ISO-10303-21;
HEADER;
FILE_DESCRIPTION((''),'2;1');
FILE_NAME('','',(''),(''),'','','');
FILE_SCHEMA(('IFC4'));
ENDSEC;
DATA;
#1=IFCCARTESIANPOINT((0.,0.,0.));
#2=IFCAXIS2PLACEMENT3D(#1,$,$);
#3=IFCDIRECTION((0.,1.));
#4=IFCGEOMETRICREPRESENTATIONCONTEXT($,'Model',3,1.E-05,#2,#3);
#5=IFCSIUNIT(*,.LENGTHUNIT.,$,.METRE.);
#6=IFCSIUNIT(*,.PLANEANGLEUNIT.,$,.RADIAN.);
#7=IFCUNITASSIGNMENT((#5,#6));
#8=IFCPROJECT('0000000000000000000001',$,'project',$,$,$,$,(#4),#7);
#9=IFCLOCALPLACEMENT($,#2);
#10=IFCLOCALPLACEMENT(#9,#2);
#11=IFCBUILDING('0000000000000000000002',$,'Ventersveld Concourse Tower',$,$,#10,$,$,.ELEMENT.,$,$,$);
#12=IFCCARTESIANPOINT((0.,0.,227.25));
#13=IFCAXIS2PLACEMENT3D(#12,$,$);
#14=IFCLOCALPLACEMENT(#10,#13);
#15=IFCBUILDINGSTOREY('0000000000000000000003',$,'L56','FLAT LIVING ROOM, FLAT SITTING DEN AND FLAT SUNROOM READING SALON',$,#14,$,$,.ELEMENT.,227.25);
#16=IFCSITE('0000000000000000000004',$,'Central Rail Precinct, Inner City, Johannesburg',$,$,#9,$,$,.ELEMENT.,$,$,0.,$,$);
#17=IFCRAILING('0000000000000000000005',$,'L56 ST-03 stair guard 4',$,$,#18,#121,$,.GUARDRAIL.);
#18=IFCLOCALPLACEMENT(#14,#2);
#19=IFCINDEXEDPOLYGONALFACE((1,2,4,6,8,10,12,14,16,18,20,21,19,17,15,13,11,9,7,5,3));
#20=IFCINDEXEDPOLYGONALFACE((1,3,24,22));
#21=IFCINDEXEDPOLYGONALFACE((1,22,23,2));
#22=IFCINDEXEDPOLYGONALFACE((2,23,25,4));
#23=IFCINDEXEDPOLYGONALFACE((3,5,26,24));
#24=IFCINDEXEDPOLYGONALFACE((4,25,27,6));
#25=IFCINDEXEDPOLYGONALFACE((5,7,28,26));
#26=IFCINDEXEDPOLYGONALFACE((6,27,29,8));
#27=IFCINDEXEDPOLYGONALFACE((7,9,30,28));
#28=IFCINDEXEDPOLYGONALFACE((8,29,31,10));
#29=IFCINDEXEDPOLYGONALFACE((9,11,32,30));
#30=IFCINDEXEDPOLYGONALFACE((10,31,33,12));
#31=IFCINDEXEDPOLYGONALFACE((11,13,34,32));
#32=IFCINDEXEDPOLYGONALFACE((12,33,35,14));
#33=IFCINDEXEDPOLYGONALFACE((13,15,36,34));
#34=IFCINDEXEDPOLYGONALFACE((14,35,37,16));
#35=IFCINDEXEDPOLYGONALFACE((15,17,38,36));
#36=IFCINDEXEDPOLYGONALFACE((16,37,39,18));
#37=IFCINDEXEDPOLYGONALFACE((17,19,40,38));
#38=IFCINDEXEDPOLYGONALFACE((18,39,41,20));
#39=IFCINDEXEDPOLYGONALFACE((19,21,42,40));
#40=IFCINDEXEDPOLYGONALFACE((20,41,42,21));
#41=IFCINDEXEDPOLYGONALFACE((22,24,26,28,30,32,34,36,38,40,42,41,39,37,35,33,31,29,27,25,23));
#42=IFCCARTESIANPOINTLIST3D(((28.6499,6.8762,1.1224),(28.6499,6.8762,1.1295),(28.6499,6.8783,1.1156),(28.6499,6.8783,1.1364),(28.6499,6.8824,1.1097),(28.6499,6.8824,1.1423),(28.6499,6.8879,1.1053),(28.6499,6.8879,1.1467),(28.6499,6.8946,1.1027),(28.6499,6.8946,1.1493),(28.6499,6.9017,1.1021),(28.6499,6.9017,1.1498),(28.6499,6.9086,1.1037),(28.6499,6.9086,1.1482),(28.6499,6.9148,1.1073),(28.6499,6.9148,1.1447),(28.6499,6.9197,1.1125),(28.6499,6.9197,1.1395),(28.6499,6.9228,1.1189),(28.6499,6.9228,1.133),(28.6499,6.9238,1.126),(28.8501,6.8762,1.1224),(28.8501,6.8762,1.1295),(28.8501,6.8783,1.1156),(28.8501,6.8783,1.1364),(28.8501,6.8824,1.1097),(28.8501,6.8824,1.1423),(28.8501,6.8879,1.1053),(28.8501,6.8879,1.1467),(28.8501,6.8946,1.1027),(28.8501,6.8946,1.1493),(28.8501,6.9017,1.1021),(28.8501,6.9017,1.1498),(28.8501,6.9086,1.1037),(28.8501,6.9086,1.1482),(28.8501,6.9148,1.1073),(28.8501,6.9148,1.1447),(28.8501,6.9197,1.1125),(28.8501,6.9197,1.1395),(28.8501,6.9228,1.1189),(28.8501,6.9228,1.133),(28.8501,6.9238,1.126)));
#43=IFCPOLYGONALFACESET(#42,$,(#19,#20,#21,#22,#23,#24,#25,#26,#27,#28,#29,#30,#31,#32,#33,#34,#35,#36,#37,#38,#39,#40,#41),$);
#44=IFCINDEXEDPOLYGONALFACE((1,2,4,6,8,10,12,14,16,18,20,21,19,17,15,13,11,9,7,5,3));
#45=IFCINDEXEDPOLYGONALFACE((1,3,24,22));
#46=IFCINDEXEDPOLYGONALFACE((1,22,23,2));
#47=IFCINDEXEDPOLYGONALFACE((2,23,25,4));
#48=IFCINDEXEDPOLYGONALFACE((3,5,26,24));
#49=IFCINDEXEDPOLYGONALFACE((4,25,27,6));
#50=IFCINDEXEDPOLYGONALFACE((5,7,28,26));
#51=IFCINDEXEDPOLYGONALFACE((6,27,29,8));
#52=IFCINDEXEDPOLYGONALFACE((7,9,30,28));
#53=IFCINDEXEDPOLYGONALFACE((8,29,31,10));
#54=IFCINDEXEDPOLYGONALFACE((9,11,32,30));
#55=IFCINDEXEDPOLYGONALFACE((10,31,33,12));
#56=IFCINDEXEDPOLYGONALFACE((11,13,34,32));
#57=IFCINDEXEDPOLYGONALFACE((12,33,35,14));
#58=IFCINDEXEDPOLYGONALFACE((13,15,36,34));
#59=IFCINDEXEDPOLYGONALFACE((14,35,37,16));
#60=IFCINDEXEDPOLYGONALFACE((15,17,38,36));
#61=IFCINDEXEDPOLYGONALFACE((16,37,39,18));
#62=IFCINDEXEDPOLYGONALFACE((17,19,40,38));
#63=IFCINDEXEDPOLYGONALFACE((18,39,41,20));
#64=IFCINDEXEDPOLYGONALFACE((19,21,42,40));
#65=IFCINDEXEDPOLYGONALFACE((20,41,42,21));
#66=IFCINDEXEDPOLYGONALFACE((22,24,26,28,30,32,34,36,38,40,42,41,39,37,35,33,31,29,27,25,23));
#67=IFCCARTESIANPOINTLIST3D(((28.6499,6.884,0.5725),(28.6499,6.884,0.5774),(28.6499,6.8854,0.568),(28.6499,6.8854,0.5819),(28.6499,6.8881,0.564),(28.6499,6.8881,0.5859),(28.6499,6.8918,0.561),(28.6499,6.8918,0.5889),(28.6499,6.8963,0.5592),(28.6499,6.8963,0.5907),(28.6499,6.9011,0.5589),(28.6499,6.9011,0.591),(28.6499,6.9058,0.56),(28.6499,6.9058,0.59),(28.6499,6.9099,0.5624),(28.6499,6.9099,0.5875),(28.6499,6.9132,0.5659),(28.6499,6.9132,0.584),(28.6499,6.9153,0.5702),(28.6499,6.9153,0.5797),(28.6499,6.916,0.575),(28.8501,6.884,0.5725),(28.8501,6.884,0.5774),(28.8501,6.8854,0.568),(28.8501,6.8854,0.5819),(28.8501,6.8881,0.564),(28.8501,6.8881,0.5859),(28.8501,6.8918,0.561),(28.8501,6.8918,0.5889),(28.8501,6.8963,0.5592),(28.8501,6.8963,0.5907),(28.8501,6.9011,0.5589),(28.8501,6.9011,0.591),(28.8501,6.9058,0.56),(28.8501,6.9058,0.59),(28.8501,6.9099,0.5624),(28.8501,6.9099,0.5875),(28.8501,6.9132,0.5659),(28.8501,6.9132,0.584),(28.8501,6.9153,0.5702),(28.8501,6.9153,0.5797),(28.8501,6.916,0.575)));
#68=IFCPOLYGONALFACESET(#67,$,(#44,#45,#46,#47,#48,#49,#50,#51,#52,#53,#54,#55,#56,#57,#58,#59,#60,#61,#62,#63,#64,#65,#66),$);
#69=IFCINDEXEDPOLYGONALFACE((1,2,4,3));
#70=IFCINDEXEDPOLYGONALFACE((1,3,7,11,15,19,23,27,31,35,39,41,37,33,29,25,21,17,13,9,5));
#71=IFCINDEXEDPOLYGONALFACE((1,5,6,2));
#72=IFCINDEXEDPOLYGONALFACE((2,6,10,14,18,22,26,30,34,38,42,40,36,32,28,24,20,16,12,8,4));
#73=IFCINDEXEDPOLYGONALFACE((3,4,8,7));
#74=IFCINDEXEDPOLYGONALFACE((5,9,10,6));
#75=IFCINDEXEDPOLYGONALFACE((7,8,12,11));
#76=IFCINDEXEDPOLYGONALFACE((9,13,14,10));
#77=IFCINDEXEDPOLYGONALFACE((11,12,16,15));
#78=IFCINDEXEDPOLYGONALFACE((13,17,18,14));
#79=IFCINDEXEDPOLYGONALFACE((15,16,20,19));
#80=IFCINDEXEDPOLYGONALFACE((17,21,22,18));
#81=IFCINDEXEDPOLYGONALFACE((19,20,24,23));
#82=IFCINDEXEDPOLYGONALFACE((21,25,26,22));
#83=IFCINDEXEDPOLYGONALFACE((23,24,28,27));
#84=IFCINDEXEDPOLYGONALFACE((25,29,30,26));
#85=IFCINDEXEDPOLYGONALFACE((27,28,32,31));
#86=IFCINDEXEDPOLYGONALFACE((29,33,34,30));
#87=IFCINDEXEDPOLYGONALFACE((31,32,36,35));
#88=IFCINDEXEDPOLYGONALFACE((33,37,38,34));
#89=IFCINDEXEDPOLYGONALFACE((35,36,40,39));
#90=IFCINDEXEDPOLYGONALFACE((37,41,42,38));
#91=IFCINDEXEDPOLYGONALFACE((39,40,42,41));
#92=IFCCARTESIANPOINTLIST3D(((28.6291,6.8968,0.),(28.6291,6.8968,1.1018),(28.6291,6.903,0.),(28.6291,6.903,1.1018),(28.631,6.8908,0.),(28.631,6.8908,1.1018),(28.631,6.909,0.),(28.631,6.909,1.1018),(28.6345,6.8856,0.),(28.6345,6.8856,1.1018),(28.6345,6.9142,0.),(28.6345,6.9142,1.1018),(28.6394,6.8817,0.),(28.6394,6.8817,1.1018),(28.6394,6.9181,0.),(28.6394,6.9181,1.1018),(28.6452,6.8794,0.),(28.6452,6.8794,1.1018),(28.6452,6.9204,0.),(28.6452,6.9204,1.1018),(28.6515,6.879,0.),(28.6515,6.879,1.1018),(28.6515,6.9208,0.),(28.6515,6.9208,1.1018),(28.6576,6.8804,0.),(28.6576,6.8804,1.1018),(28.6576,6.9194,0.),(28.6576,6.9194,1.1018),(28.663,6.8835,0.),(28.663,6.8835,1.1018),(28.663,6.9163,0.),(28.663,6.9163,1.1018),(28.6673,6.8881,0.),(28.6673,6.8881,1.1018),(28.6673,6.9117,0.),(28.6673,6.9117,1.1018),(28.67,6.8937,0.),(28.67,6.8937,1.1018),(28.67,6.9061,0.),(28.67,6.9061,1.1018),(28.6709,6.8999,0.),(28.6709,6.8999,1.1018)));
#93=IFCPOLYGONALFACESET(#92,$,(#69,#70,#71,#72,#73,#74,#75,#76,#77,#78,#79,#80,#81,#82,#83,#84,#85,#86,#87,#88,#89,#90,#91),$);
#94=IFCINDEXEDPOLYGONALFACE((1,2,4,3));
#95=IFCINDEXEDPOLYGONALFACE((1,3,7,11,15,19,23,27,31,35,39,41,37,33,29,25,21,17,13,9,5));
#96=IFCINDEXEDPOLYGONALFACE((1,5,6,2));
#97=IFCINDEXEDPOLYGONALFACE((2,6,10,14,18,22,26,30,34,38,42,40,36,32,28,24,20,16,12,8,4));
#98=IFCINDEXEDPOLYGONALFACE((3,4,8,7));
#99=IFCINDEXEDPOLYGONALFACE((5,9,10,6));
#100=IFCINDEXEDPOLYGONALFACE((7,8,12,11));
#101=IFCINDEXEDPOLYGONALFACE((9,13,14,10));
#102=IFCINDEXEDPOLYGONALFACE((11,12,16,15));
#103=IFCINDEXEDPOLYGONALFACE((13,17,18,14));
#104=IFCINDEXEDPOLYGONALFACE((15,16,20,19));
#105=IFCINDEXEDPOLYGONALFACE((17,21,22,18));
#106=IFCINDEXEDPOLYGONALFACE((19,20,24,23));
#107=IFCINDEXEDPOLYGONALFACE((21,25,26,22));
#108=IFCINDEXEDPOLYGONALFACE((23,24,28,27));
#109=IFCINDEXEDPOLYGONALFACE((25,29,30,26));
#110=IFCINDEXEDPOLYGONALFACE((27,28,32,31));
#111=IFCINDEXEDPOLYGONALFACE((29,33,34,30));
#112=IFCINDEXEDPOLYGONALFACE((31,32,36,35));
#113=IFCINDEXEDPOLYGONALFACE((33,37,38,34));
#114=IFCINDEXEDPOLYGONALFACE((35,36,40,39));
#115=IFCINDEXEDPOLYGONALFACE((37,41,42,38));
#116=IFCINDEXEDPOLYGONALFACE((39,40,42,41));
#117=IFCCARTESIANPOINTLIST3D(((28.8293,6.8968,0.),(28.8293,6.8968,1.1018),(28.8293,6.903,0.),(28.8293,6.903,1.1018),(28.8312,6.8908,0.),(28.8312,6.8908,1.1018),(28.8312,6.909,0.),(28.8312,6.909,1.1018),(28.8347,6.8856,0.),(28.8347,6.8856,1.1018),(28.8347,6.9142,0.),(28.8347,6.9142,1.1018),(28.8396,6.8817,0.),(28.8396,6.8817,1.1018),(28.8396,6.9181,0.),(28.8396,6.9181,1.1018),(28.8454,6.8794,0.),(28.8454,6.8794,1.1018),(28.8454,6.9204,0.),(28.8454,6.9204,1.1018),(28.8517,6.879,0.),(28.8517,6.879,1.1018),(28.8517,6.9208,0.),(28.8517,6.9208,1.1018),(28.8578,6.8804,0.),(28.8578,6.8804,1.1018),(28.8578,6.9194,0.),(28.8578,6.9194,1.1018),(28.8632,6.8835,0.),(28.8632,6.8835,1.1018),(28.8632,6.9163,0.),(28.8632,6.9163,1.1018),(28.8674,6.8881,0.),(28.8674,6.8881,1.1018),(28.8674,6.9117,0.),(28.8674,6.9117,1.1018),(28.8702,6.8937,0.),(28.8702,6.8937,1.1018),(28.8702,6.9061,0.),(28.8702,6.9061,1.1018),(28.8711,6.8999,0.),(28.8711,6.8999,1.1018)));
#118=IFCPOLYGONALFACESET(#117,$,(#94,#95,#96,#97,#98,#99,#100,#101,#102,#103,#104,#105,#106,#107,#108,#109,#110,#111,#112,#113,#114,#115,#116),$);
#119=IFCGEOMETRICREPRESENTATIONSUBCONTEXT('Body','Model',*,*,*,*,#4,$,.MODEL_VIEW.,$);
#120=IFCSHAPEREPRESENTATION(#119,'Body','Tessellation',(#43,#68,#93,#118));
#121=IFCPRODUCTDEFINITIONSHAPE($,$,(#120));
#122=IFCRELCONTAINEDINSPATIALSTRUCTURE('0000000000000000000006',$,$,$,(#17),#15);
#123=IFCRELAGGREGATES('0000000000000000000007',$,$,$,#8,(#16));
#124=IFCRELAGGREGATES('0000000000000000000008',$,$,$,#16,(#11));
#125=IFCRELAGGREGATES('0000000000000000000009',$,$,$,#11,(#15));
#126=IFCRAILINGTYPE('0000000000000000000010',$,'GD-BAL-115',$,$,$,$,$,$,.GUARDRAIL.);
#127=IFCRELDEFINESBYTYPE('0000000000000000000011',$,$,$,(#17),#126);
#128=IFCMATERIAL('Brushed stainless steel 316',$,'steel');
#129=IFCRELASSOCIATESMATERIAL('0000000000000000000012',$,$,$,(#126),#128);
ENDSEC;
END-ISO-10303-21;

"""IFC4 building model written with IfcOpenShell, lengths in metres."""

from ifc_helpers import new_model, si_unit, direction, frame, origin, origin_2d, place, context, subcontext, project, spatial, circle, extrude, material, type_object, element, save


model = new_model("IFC4")

# Units and contexts
model_context = context("Model", 3, precision=1e-05, world=origin(), true_north=direction((0.0, 1.0)))
body_context = subcontext(model_context, "Body", "Model", "MODEL_VIEW")
ifc_project = project(units=[si_unit("LENGTHUNIT", "METRE"), si_unit("PLANEANGLEUNIT", "RADIAN")], contexts=[model_context])

# Site, building, storey
site_placement = place(None, origin())
site = spatial("IfcSite", under=ifc_project, at=site_placement, Name="Central Rail Precinct, Inner City, Johannesburg", CompositionType="ELEMENT", RefElevation=0.0)
building_placement = place(site_placement, origin())
building = spatial("IfcBuilding", under=site, at=building_placement, Name="Ventersveld Concourse Tower", CompositionType="ELEMENT")
storey_placement = place(building_placement, frame((0.0, 0.0, 227.25)))
storey = spatial("IfcBuildingStorey", under=building, at=storey_placement, Name="L56", Description="FLAT LIVING ROOM, FLAT SITTING DEN AND FLAT SUNROOM READING SALON", CompositionType="ELEMENT", Elevation=227.25)

# Shared definitions
ifc_material_1 = material(Name="Brushed stainless steel 316", Category="steel")

# Railing
railing_type_1 = type_object("IfcRailingType", Name="GD-BAL-115", PredefinedType="GUARDRAIL", material=ifc_material_1)
railing_1_placement = place(storey_placement, frame((28.6499, 6.8999, 0.0)))
element("IfcRailing", 1, at=railing_1_placement, inside=storey, type_object=railing_type_1, Name="L56 ST-03 stair guard 4", PredefinedType="GUARDRAIL", context=body_context, shape_type="SweptSolid", body=[
    extrude(circle(Radius=0.0239, at=origin_2d()), frame((0.0, 0.0, 1.126), z_axis=(1.0, 0.0, 0.0), x_axis=(0.0, 1.0, 0.0)), (0.0, 0.0, 1.0), 0.2002),
    extrude(circle(Radius=0.0161, at=origin_2d()), frame((0.0, 0.0, 0.575), z_axis=(1.0, 0.0, 0.0), x_axis=(0.0, 1.0, 0.0)), (0.0, 0.0, 1.0), 0.2002),
    extrude(circle(Radius=0.021, at=origin_2d()), origin(), (0.0, 0.0, 1.0), 1.1018),
    extrude(circle(Radius=0.021, at=origin_2d()), frame((0.2002, 0.0, 0.0)), (0.0, 0.0, 1.0), 1.1018),
])

save(model, "model.ifc")
